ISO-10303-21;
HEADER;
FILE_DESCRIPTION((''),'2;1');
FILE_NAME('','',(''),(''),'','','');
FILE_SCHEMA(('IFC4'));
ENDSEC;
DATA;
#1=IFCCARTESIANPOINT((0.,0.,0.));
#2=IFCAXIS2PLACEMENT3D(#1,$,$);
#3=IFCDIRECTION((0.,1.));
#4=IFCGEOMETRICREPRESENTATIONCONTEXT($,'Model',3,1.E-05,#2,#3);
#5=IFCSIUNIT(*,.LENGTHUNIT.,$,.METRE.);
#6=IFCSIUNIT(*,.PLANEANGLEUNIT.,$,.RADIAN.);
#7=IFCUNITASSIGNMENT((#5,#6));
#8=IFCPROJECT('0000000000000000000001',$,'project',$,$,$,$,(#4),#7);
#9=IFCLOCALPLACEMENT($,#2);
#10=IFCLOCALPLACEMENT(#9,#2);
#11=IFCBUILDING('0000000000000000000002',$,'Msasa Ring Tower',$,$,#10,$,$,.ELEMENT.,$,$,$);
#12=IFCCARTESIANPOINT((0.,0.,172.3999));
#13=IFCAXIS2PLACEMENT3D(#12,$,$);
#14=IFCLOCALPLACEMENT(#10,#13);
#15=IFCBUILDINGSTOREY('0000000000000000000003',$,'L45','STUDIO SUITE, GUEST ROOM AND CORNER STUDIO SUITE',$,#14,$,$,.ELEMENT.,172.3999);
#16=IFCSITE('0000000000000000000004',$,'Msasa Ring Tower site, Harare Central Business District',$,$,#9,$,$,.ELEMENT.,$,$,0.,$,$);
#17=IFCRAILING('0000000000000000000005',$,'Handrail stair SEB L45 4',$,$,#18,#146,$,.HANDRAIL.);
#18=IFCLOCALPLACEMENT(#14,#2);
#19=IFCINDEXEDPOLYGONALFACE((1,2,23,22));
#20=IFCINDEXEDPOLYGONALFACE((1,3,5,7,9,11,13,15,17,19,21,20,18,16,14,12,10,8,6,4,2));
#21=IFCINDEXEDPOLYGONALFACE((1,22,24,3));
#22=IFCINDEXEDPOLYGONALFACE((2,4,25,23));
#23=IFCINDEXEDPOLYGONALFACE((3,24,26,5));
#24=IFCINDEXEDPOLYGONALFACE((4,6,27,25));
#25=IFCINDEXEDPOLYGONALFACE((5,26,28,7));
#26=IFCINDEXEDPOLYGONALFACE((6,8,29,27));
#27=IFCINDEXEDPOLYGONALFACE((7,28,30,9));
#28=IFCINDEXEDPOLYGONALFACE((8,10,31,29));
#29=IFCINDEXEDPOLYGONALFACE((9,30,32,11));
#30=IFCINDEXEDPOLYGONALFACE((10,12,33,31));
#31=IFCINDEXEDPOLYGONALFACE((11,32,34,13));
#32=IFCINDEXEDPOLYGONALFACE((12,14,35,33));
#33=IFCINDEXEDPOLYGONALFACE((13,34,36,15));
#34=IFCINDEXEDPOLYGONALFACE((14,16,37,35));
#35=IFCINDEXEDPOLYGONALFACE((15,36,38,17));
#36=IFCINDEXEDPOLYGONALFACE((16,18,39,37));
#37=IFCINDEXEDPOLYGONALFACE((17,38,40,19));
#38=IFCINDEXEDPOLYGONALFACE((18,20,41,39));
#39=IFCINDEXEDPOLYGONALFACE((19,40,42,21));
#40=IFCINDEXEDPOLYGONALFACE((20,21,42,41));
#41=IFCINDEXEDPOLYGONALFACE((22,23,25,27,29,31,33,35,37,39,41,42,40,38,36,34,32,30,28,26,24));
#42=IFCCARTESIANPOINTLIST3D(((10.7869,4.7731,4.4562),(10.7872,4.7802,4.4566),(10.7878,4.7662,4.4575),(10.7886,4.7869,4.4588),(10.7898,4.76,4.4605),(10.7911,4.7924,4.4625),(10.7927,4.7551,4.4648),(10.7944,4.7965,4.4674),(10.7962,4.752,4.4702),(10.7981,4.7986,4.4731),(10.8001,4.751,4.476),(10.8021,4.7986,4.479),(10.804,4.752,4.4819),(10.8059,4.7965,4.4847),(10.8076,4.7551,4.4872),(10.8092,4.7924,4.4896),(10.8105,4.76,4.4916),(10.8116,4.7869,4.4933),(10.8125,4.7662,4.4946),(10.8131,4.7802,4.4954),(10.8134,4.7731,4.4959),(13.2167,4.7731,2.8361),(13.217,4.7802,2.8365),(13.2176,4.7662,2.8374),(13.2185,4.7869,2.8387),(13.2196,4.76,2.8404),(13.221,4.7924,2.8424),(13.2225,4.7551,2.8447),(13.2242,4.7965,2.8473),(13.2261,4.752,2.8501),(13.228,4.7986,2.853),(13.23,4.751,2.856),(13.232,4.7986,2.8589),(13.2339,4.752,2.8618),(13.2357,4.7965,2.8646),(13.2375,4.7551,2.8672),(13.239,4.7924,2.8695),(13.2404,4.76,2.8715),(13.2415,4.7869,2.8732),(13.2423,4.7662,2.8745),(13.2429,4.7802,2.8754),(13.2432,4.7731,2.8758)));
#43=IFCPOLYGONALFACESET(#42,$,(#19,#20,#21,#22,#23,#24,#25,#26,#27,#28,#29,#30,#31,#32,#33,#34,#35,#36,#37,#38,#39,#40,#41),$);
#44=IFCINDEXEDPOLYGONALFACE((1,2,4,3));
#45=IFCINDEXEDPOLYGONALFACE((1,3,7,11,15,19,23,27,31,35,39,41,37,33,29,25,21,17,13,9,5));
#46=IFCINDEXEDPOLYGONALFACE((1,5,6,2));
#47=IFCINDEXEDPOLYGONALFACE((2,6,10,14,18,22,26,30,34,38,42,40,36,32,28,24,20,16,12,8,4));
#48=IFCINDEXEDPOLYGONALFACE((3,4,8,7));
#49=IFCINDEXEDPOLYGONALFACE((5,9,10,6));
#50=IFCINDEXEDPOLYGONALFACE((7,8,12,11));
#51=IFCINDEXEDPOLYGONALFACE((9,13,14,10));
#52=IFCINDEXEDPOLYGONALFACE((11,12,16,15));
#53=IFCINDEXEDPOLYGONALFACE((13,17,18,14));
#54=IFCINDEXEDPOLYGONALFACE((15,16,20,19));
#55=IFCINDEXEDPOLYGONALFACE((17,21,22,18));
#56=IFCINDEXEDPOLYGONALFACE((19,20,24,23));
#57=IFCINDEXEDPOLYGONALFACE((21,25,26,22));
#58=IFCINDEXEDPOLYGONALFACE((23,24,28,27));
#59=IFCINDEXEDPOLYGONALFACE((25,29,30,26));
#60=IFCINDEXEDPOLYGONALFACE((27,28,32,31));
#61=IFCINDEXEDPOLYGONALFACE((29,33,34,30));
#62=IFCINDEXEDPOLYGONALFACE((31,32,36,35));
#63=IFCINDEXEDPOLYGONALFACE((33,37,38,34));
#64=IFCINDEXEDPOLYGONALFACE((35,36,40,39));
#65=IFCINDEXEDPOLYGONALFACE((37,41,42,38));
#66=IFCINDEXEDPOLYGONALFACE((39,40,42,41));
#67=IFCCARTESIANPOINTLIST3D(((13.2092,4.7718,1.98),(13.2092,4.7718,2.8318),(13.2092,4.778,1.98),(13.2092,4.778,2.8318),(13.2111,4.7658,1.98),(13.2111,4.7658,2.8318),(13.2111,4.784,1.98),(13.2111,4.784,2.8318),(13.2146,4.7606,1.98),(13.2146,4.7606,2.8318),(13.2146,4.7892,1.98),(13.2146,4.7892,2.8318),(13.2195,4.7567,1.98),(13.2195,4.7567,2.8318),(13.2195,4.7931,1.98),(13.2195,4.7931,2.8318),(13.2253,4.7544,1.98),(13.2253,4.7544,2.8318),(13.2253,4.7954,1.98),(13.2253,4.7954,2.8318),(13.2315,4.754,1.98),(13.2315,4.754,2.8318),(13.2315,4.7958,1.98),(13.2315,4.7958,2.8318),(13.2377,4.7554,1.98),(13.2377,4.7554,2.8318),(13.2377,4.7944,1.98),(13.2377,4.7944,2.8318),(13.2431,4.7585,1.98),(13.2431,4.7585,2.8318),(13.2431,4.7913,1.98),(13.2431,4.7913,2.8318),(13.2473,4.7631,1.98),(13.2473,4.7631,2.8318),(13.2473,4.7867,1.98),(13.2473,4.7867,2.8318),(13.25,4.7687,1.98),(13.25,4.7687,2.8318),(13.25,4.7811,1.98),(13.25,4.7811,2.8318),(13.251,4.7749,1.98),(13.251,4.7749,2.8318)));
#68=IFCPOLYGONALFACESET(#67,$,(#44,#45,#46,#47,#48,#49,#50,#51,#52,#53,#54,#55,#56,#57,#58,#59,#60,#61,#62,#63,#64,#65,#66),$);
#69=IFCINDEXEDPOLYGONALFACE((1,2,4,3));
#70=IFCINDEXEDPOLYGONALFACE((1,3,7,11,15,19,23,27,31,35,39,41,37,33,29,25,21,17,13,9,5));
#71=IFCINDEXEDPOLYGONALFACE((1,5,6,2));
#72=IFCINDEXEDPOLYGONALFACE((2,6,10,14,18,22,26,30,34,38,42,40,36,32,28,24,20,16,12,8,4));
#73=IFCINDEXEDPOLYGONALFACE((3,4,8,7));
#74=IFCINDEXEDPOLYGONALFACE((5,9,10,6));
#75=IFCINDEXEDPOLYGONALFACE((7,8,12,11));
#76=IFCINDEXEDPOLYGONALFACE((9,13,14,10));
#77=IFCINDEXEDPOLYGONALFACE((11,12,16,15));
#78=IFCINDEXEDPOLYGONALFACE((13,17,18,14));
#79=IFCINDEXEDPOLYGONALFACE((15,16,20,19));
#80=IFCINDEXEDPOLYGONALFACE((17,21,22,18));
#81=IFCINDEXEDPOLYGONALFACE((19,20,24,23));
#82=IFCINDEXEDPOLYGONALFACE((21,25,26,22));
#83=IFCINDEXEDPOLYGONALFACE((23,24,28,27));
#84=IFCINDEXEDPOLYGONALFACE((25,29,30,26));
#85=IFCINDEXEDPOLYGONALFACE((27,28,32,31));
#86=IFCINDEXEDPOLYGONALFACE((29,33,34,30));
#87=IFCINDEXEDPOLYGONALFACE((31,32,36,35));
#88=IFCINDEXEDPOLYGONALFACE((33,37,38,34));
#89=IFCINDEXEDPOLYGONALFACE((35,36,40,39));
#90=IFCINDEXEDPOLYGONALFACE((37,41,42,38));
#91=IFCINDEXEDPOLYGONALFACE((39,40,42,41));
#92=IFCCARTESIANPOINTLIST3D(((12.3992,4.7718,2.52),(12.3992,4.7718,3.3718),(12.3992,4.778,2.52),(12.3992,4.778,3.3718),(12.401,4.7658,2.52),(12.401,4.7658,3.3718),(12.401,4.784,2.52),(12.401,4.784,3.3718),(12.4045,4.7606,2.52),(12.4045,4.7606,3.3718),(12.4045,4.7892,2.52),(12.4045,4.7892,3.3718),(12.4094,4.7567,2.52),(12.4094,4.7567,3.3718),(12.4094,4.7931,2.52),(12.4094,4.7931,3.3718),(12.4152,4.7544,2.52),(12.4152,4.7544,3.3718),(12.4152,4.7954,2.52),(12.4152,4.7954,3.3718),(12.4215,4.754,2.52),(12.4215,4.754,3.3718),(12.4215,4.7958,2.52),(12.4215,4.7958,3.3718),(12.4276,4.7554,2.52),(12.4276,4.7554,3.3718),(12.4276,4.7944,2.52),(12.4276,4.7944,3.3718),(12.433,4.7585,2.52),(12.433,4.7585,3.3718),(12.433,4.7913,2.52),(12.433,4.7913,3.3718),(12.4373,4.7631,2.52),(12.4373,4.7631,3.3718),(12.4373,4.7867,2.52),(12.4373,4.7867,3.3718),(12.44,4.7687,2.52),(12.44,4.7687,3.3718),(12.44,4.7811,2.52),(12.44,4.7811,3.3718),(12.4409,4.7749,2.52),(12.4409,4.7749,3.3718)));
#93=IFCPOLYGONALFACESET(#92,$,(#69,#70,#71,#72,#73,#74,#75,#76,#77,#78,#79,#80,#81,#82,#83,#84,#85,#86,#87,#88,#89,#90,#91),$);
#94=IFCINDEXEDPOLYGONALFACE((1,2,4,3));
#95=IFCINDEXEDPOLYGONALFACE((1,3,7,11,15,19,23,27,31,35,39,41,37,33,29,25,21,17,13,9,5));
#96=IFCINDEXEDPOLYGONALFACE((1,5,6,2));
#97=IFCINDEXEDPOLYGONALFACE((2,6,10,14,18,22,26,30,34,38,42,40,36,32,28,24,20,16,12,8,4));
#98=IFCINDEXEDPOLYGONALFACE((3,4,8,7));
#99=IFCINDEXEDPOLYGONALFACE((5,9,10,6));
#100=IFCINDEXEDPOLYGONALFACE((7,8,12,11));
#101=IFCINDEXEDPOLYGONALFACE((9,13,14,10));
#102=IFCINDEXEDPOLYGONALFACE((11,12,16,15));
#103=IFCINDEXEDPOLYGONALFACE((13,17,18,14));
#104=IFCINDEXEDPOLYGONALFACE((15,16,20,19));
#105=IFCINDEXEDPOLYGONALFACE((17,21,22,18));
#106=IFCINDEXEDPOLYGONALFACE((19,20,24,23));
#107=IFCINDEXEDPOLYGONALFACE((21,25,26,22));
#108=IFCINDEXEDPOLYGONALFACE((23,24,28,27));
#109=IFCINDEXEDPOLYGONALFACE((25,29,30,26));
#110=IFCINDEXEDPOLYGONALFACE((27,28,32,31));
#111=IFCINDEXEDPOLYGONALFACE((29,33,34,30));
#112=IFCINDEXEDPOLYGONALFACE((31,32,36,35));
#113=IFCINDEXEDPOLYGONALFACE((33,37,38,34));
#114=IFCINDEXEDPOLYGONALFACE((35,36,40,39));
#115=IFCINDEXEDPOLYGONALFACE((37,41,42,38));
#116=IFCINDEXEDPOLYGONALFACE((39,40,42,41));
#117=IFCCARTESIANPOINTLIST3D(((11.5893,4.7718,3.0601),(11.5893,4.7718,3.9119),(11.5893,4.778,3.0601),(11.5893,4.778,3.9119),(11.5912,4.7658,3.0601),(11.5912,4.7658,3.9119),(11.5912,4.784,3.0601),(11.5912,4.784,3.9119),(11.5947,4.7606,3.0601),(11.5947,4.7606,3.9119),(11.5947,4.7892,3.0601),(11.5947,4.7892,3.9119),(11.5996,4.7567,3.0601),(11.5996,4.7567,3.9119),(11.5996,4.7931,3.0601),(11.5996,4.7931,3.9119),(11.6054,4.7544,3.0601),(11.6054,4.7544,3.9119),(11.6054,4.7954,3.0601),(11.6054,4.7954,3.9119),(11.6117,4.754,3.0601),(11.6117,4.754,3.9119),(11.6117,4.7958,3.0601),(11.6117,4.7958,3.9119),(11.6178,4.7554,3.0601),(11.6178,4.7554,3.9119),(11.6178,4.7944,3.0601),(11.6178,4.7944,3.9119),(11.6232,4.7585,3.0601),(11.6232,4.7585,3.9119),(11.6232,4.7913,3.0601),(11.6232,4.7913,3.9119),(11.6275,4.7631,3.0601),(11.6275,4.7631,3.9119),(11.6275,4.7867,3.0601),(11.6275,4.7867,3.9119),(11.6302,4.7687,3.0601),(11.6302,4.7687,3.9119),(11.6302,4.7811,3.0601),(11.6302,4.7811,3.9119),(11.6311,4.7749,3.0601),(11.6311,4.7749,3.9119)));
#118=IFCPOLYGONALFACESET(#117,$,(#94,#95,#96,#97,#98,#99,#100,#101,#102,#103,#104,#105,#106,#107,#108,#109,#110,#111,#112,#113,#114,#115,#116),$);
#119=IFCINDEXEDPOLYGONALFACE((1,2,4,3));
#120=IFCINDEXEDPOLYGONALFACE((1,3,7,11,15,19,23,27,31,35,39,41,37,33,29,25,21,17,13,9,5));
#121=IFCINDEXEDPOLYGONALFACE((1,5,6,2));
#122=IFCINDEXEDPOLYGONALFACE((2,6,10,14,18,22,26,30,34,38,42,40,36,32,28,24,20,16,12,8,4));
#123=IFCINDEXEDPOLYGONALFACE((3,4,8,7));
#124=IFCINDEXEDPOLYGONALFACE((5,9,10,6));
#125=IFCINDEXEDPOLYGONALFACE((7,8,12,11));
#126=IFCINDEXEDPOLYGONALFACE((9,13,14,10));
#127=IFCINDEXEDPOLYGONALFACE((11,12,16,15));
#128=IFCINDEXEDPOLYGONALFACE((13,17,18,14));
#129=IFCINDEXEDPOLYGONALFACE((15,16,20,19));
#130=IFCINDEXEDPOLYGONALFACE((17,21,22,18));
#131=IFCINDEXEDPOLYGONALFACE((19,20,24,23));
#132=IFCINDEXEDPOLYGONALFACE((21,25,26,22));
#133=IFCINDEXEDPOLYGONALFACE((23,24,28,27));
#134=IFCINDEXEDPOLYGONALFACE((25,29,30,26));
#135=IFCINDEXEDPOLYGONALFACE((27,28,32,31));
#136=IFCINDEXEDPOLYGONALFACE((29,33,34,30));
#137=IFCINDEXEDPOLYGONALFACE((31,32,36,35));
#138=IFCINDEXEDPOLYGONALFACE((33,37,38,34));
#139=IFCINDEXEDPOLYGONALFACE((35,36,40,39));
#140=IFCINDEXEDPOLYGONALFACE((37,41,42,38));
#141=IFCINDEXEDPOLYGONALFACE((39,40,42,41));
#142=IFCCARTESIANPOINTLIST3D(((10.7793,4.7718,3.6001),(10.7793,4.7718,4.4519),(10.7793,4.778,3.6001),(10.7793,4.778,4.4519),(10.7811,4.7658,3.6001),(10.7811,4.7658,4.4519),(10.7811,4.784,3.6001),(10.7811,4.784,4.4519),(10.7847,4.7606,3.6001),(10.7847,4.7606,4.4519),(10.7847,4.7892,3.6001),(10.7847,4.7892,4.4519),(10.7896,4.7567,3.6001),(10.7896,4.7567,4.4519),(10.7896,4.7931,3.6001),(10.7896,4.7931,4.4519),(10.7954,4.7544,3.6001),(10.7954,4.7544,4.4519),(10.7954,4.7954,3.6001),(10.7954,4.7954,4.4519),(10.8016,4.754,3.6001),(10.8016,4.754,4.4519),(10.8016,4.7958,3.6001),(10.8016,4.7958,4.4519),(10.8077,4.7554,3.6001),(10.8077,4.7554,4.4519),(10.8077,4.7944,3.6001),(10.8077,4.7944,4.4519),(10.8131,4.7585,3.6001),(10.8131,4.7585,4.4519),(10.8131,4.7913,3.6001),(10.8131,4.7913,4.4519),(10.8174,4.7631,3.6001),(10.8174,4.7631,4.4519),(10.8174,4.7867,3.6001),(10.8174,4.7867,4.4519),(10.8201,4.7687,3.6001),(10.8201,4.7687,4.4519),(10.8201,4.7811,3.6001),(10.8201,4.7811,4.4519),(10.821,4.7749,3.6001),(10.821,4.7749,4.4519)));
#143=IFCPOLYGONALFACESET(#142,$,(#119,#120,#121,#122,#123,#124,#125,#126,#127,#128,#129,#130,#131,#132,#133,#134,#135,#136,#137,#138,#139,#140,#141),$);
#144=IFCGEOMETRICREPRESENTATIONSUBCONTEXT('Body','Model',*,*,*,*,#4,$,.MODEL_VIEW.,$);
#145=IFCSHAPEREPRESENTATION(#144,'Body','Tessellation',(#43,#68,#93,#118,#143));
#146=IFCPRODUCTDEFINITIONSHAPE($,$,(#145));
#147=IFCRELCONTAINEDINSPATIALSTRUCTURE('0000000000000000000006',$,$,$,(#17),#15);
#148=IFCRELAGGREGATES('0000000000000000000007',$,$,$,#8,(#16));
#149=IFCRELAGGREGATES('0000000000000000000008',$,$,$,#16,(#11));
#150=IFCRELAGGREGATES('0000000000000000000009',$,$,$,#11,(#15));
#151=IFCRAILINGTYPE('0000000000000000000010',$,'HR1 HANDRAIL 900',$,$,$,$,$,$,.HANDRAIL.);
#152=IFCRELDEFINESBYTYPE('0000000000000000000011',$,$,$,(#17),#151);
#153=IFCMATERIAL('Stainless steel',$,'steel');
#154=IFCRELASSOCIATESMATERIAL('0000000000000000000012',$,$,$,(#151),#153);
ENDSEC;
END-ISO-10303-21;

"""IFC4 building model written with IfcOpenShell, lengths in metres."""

from ifc_helpers import new_model, si_unit, direction, frame, origin, origin_2d, place, context, subcontext, project, spatial, circle, extrude, material, type_object, element, save


model = new_model("IFC4")

# Units and contexts
model_context = context("Model", 3, precision=1e-05, world=origin(), true_north=direction((0.0, 1.0)))
body_context = subcontext(model_context, "Body", "Model", "MODEL_VIEW")
ifc_project = project(units=[si_unit("LENGTHUNIT", "METRE"), si_unit("PLANEANGLEUNIT", "RADIAN")], contexts=[model_context])

# Site, building, storey
site_placement = place(None, origin())
site = spatial("IfcSite", under=ifc_project, at=site_placement, Name="Msasa Ring Tower site, Harare Central Business District", CompositionType="ELEMENT", RefElevation=0.0)
building_placement = place(site_placement, origin())
building = spatial("IfcBuilding", under=site, at=building_placement, Name="Msasa Ring Tower", CompositionType="ELEMENT")
storey_placement = place(building_placement, frame((0.0, 0.0, 172.3999)))
storey = spatial("IfcBuildingStorey", under=building, at=storey_placement, Name="L45", Description="STUDIO SUITE, GUEST ROOM AND CORNER STUDIO SUITE", CompositionType="ELEMENT", Elevation=172.3999)

# Railing
ifc_material_1 = material(Name="Stainless steel", Category="steel")
railing_type = type_object("IfcRailingType", Name="HR1 HANDRAIL 900", PredefinedType="HANDRAIL", material=ifc_material_1)
for number, where, name in (
    (1, (13.23, 4.7749, 1.98), "Handrail stair SEB L45 4"),
):
    element("IfcRailing", number, at=place(storey_placement, frame(where)), inside=storey, type_object=railing_type, Name=name, PredefinedType="HANDRAIL", context=body_context, shape_type="SweptSolid", body=[
        extrude(circle(Radius=0.0239, at=origin_2d()), frame((0.0, 0.0, 0.876), z_axis=(-0.832025, 0.0, 0.554739), x_axis=(0.0, -1.0, 0.0)), (0.0, 0.0, 1.0), 2.9204),
        extrude(circle(Radius=0.021, at=origin_2d()), origin(), (0.0, 0.0, 1.0), 0.8518),
        extrude(circle(Radius=0.021, at=origin_2d()), frame((-0.8101, 0.0, 0.54)), (0.0, 0.0, 1.0), 0.8518),
        extrude(circle(Radius=0.021, at=origin_2d()), frame((-1.6199, 0.0, 1.0801)), (0.0, 0.0, 1.0), 0.8518),
        extrude(circle(Radius=0.021, at=origin_2d()), frame((-2.4299, 0.0, 1.6201)), (0.0, 0.0, 1.0), 0.8518),
    ])

save(model, "model.ifc")
